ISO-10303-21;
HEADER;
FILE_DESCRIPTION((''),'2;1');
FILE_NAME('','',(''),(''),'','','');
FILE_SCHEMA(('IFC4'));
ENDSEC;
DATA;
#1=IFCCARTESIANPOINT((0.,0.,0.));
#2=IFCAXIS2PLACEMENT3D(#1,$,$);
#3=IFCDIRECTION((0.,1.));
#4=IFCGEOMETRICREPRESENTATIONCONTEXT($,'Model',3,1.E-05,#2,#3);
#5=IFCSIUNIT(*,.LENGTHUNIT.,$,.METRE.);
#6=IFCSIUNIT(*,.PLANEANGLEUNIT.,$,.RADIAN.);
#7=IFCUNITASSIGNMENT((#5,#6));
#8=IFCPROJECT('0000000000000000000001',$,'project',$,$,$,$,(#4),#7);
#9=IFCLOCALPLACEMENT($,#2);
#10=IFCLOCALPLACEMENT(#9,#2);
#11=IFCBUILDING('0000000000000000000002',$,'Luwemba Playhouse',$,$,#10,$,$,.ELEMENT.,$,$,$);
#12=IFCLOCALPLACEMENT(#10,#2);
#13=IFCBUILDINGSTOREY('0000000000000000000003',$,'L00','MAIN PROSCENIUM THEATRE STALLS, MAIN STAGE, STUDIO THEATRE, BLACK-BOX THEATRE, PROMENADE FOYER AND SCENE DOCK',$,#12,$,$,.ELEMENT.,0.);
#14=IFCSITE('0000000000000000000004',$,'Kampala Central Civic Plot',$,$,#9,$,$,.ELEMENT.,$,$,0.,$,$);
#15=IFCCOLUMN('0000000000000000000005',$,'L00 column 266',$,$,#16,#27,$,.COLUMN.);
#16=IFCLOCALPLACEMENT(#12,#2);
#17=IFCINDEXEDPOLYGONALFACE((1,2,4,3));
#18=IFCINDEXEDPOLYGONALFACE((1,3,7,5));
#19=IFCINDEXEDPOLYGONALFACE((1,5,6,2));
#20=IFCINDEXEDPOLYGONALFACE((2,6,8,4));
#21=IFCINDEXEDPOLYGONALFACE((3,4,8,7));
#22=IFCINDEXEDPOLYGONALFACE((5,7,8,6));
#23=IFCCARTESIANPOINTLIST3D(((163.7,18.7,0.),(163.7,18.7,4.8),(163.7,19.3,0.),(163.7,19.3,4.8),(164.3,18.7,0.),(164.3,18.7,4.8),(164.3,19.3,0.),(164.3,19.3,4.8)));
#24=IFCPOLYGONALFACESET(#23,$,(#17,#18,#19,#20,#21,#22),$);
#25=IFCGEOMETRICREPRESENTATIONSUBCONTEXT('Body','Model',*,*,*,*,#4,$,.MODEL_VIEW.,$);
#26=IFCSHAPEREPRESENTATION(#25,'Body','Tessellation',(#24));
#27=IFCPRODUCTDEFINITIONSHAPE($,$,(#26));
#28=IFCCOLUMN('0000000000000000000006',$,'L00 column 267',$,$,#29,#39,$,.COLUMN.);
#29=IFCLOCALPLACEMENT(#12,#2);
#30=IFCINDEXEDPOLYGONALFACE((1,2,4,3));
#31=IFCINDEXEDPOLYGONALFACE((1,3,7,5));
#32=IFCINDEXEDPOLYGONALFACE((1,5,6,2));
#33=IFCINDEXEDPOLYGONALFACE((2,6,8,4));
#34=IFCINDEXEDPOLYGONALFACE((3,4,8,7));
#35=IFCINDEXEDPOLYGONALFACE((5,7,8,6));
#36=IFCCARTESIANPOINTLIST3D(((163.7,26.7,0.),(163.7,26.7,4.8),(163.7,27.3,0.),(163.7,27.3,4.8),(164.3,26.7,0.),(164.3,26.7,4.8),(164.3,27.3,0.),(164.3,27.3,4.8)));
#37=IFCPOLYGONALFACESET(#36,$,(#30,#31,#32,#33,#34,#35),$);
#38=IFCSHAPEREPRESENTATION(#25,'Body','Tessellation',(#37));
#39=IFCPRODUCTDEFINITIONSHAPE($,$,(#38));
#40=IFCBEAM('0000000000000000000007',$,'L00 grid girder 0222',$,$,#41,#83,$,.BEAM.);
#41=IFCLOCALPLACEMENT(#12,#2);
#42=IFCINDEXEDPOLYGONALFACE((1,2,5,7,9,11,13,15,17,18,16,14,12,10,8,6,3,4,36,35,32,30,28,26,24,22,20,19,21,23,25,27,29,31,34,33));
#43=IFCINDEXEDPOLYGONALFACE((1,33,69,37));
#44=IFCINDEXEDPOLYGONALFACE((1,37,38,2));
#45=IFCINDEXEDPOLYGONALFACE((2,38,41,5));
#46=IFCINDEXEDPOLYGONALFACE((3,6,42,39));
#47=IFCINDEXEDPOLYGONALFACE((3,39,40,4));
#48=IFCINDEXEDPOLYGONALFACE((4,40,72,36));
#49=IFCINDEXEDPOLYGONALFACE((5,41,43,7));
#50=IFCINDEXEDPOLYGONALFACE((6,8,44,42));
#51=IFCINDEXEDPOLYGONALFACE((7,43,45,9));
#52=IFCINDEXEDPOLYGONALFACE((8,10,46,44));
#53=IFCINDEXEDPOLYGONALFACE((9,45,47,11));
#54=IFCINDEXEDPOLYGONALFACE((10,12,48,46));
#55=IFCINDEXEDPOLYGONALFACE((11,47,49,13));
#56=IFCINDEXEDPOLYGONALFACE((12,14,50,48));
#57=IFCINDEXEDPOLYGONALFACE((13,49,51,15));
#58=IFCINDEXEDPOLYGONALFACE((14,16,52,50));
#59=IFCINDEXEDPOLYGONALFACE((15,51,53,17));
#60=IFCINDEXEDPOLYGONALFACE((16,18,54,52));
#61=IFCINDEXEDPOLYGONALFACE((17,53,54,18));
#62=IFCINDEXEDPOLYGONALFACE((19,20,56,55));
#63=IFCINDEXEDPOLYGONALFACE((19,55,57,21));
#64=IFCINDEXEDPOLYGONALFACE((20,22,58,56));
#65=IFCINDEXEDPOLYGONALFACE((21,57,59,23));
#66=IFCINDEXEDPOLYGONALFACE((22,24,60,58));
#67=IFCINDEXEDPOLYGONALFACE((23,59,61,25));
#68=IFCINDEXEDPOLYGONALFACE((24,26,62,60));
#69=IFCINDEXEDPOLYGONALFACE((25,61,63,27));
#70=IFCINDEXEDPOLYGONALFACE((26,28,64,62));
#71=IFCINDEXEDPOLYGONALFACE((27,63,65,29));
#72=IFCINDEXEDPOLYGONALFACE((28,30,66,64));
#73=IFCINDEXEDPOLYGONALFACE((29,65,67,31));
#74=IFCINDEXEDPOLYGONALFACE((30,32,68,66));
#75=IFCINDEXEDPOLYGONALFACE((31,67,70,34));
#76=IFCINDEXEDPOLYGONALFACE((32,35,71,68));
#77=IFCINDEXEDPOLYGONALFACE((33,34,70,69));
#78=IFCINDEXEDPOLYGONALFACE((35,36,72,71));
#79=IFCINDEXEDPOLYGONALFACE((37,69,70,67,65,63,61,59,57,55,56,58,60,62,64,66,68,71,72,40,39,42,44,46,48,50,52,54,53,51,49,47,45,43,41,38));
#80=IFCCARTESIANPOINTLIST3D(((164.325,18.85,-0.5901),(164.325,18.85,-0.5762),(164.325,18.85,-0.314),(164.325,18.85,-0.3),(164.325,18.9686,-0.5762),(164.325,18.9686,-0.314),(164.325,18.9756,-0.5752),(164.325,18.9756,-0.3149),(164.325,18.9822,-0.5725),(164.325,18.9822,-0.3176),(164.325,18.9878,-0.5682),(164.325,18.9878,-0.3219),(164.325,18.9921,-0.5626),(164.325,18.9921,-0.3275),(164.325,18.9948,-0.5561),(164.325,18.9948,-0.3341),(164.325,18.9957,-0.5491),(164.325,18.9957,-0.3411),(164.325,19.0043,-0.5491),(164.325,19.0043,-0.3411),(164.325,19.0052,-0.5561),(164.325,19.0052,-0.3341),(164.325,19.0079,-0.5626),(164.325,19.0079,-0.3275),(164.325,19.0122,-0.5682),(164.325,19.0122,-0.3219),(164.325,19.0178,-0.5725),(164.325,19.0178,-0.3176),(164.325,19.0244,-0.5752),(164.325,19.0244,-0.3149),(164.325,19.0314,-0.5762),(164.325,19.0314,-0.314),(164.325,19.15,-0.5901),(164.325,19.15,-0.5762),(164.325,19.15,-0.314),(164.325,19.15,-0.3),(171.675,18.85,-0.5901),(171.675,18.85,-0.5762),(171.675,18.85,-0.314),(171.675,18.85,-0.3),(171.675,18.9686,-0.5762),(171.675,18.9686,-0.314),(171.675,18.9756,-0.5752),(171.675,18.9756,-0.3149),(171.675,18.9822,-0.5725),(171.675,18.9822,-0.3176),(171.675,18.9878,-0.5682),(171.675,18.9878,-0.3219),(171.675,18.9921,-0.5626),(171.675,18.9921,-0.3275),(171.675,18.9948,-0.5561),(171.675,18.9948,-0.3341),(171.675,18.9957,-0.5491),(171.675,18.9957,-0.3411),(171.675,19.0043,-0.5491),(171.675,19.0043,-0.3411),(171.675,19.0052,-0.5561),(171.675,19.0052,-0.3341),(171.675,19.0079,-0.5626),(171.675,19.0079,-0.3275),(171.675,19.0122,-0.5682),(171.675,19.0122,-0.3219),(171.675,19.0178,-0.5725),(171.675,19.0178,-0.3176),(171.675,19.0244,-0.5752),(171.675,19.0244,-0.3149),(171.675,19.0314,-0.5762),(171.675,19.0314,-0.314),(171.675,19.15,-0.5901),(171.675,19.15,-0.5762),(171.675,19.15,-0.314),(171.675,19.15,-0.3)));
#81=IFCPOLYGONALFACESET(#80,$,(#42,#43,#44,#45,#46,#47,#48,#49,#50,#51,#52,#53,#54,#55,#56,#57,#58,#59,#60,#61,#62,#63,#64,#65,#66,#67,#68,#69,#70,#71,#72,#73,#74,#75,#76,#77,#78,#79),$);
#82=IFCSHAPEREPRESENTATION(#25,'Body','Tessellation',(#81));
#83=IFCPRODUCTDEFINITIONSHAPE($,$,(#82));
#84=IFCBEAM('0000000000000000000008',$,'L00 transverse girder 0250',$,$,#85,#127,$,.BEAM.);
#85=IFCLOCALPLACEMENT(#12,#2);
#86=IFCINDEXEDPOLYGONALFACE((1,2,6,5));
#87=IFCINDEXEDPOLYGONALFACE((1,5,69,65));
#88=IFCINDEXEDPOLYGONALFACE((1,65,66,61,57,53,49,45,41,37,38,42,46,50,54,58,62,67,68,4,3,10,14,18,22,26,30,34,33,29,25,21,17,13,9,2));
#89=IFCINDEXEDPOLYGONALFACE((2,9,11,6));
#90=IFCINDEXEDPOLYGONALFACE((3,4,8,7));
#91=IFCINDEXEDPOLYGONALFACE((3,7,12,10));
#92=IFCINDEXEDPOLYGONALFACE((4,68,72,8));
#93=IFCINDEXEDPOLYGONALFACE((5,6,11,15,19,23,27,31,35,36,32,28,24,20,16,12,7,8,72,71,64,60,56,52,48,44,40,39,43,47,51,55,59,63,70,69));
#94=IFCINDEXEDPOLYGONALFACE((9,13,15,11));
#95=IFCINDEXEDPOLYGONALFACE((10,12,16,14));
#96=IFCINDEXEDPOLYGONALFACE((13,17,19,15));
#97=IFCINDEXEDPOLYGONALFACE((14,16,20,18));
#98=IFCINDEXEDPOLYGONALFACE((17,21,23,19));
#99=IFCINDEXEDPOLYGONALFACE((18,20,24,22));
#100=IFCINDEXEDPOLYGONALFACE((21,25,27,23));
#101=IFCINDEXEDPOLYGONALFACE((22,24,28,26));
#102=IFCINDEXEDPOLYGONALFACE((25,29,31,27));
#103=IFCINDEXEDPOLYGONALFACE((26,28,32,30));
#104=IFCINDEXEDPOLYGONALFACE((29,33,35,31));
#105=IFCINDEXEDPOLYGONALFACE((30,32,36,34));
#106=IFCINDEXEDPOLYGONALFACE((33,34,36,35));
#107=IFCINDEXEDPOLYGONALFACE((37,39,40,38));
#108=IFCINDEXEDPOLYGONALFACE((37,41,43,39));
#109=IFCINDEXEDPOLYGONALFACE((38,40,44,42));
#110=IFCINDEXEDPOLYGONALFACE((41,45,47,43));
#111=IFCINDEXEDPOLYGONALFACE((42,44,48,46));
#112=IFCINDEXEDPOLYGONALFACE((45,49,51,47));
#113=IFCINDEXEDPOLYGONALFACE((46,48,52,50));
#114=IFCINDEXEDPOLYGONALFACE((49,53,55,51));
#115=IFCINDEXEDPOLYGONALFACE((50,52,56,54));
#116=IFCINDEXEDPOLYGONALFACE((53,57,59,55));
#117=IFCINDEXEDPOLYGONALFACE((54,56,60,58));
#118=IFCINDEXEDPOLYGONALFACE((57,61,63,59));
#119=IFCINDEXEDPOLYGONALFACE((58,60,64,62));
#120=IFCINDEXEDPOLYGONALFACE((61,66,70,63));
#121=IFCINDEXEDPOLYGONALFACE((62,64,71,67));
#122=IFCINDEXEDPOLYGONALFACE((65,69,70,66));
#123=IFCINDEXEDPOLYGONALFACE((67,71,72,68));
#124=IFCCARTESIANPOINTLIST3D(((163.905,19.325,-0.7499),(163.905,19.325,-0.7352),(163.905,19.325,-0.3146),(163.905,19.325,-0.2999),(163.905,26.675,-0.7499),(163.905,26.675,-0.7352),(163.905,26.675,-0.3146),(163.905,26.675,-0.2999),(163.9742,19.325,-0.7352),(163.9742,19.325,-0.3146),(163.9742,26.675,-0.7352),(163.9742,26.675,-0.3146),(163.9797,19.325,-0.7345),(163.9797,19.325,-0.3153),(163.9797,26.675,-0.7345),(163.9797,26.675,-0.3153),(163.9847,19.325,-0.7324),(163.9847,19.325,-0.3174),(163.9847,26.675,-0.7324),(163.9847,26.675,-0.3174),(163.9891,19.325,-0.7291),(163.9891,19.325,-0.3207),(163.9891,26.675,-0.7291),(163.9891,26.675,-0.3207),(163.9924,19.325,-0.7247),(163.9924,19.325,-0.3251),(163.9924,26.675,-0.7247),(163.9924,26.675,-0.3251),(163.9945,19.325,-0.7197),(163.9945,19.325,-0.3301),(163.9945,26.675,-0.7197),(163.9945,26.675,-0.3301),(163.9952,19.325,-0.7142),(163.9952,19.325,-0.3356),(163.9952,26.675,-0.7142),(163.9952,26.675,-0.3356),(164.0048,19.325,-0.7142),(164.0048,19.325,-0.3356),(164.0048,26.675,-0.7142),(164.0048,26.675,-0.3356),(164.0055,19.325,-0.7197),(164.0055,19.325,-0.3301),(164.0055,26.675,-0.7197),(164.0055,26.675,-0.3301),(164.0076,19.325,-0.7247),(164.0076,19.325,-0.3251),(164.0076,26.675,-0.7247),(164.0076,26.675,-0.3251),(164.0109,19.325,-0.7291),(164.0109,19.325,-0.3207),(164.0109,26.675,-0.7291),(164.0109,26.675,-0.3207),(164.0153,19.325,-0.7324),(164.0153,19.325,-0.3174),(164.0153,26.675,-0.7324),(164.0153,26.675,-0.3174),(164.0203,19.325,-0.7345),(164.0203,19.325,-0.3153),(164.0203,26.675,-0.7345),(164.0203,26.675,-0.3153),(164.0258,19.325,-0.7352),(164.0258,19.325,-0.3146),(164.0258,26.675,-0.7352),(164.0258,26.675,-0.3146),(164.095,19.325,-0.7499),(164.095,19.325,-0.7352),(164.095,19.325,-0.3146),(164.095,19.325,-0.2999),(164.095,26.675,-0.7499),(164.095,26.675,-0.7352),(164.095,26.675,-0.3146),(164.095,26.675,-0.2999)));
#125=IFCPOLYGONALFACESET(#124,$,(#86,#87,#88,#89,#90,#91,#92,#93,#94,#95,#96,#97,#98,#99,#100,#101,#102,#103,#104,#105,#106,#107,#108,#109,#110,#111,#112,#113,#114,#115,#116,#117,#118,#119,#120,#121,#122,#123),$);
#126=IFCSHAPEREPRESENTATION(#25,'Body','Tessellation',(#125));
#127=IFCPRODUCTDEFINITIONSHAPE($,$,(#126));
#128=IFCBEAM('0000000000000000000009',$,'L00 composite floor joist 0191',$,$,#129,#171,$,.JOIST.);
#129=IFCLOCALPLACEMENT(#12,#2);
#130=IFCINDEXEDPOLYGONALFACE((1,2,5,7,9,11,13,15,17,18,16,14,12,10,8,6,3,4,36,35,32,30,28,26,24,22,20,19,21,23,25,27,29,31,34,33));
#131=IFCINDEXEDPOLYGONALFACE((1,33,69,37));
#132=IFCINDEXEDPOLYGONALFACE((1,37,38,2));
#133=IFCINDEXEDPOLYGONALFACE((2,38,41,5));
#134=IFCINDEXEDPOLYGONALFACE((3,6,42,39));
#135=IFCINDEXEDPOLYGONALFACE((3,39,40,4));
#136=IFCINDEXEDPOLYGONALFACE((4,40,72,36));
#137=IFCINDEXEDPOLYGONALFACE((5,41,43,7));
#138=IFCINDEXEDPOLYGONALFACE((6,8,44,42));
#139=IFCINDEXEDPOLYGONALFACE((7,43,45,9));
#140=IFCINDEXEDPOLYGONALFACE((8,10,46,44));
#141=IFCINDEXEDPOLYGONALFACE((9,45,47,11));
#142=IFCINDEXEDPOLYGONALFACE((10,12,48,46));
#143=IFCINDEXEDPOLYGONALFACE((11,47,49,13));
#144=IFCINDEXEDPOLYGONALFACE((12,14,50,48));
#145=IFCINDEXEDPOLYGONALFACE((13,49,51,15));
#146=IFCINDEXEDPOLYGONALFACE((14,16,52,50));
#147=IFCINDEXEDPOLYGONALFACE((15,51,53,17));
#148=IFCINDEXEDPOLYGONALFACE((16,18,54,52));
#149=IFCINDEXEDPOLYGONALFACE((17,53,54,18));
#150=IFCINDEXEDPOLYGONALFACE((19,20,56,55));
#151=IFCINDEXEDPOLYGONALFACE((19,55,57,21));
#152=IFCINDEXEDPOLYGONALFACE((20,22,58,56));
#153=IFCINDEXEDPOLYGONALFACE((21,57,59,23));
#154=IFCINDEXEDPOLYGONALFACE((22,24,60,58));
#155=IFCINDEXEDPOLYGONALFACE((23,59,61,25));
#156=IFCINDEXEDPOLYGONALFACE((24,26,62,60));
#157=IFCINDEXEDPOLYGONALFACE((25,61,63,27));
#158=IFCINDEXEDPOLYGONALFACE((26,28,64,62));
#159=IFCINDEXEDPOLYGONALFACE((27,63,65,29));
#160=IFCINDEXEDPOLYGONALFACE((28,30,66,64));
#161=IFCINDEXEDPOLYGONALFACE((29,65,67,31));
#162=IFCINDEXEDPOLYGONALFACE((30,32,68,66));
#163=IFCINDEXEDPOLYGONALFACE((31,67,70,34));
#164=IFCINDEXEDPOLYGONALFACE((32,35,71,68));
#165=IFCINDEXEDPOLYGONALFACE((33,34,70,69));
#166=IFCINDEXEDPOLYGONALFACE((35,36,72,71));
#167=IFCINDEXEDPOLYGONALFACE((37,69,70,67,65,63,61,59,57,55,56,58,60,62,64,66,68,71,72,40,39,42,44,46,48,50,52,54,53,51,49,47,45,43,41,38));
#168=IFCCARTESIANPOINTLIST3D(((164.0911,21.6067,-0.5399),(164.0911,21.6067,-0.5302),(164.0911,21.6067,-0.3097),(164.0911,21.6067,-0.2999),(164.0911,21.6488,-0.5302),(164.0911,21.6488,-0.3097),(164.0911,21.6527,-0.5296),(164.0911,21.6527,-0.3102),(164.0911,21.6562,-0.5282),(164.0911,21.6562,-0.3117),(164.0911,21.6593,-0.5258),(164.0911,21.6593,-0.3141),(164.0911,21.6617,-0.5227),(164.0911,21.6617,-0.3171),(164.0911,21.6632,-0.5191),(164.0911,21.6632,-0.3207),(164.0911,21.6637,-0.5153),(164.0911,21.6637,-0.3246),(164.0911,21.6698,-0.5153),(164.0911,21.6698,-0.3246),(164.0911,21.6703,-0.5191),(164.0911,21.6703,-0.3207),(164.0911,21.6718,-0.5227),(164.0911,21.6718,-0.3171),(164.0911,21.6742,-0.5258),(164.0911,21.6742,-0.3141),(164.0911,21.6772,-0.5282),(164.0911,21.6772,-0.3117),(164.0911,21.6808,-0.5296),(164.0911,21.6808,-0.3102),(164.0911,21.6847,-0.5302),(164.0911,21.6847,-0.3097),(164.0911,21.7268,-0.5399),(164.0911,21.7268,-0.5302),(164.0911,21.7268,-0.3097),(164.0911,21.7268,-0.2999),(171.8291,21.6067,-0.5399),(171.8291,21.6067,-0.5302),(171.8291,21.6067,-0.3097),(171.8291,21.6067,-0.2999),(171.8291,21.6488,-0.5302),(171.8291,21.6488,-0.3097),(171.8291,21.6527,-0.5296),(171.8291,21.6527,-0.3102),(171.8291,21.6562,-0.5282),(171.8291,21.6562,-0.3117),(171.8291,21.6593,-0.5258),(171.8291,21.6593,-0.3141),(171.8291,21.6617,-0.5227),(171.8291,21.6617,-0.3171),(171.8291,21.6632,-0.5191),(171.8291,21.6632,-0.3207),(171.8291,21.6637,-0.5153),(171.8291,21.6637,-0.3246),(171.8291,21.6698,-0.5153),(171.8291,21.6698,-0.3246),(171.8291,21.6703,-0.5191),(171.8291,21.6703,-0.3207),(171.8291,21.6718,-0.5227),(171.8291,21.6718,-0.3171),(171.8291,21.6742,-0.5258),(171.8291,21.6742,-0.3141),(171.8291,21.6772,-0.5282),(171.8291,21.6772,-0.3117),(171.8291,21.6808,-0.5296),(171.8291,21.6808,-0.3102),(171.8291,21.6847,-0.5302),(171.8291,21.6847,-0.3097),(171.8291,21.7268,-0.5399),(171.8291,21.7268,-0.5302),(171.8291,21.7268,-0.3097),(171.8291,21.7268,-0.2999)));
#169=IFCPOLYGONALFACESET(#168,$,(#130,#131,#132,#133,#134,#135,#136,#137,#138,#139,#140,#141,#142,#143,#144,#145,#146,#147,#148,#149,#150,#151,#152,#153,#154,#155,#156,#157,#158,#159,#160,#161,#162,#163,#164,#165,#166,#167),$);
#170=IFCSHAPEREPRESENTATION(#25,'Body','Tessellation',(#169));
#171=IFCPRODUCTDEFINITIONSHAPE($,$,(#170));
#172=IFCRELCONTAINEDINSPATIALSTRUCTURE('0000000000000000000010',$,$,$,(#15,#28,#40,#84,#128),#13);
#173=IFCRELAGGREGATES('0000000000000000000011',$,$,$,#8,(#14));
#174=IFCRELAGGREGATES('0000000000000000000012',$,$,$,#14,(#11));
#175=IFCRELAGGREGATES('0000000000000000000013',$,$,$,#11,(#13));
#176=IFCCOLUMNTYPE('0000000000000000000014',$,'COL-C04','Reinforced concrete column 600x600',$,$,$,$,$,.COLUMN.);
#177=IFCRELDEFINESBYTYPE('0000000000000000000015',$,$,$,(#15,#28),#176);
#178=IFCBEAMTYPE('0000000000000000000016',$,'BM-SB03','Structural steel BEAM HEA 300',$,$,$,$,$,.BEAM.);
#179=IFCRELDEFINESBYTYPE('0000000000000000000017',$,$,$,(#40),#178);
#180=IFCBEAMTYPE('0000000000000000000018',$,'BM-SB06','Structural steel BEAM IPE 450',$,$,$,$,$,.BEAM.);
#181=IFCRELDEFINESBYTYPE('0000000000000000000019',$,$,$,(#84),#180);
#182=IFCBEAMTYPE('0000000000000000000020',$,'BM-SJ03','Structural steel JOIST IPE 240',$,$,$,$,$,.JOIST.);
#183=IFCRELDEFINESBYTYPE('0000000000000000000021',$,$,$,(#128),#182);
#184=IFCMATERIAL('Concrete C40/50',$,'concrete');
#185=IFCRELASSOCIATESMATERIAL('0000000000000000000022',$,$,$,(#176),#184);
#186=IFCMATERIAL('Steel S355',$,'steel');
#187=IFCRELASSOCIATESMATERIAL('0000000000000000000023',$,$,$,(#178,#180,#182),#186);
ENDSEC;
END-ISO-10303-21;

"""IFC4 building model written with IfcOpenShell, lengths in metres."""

from ifc_helpers import new_model, si_unit, direction, frame, origin, origin_2d, place, context, subcontext, project, spatial, rectangle, i_section, extrude, material, material_profile, profile_set, type_object, element, save


model = new_model("IFC4")

# Units and contexts
model_context = context("Model", 3, precision=1e-05, world=origin(), true_north=direction((0.0, 1.0)))
body_context = subcontext(model_context, "Body", "Model", "MODEL_VIEW")
ifc_project = project(units=[si_unit("LENGTHUNIT", "METRE"), si_unit("PLANEANGLEUNIT", "RADIAN")], contexts=[model_context])

# Site, building, storey
site_placement = place(None, origin())
site = spatial("IfcSite", under=ifc_project, at=site_placement, Name="Kampala Central Civic Plot", CompositionType="ELEMENT", RefElevation=0.0)
building_placement = place(site_placement, origin())
building = spatial("IfcBuilding", under=site, at=building_placement, Name="Luwemba Playhouse", CompositionType="ELEMENT")
storey_placement = place(building_placement, origin())
storey = spatial("IfcBuildingStorey", under=building, at=storey_placement, Name="L00", Description="MAIN PROSCENIUM THEATRE STALLS, MAIN STAGE, STUDIO THEATRE, BLACK-BOX THEATRE, PROMENADE FOYER AND SCENE DOCK", CompositionType="ELEMENT", Elevation=0.0)

# Columns
ifc_material_1 = material(Name="Concrete C40/50", Category="concrete")
ifc_material_profile_1 = material_profile(ifc_material_1, rectangle(XDim=0.6001, YDim=0.6001, at=origin_2d()))
ifc_profile_set_1 = profile_set([ifc_material_profile_1], Name="Concrete C40/50")
column_type = type_object("IfcColumnType", Name="COL-C04", Description="Reinforced concrete column 600x600", PredefinedType="COLUMN", material=ifc_profile_set_1)
for number, where, z_axis, x_axis, name in (
    (1, (164.0, 19.0, 0.0), (0.0, 0.0, 1.0), (1.0, 0.0, 0.0), "L00 column 266"),
    (2, (164.0, 27.0, 0.0), (0.0, 0.0, 1.0), (1.0, 0.0, 0.0), "L00 column 267"),
):
    element("IfcColumn", number, at=place(storey_placement, frame(where, z_axis=z_axis, x_axis=x_axis)), inside=storey, type_object=column_type, Name=name, PredefinedType="COLUMN", context=body_context, shape_type="SweptSolid", body=[
        extrude(rectangle(XDim=0.6001, YDim=0.6001, at=origin_2d()), origin(), (0.0, 0.0, 1.0), 4.8),
    ])

# Beams
ifc_material_2 = material(Name="Steel S355", Category="steel")
ifc_material_profile_2 = material_profile(ifc_material_2, i_section(OverallWidth=0.3, OverallDepth=0.29, WebThickness=0.0085, FlangeThickness=0.0139, FilletRadius=0.0271, at=origin_2d()))
ifc_profile_set_2 = profile_set([ifc_material_profile_2], Name="Steel S355")
beam_type_1 = type_object("IfcBeamType", Name="BM-SB03", Description="Structural steel BEAM HEA 300", PredefinedType="BEAM", material=ifc_profile_set_2)
beam_1_placement = place(storey_placement, frame((164.325, 19.0, -0.4451), z_axis=(1.0, 0.0, 0.0), x_axis=(0.0, 1.0, 0.0)))
element("IfcBeam", 3, at=beam_1_placement, inside=storey, type_object=beam_type_1, Name="L00 grid girder 0222", PredefinedType="BEAM", context=body_context, shape_type="SweptSolid", body=[
    extrude(i_section(OverallWidth=0.3, OverallDepth=0.29, WebThickness=0.0085, FlangeThickness=0.0139, FilletRadius=0.0271, at=origin_2d()), origin(), (0.0, 0.0, 1.0), 7.3501),
])
ifc_material_profile_3 = material_profile(ifc_material_2, i_section(OverallWidth=0.1899, OverallDepth=0.45, WebThickness=0.0095, FlangeThickness=0.0146, FilletRadius=0.021, at=origin_2d()))
ifc_profile_set_3 = profile_set([ifc_material_profile_3], Name="Steel S355")
beam_type_2 = type_object("IfcBeamType", Name="BM-SB06", Description="Structural steel BEAM IPE 450", PredefinedType="BEAM", material=ifc_profile_set_3)
beam_2_placement = place(storey_placement, frame((164.0, 19.325, -0.5249), z_axis=(0.0, 1.0, 0.0), x_axis=(-1.0, 0.0, 0.0)))
element("IfcBeam", 4, at=beam_2_placement, inside=storey, type_object=beam_type_2, Name="L00 transverse girder 0250", PredefinedType="BEAM", context=body_context, shape_type="SweptSolid", body=[
    extrude(i_section(OverallWidth=0.1899, OverallDepth=0.45, WebThickness=0.0095, FlangeThickness=0.0146, FilletRadius=0.021, at=origin_2d()), origin(), (0.0, 0.0, 1.0), 7.3501),
])
ifc_material_profile_4 = material_profile(ifc_material_2, i_section(OverallWidth=0.1201, OverallDepth=0.24, WebThickness=0.0061, FlangeThickness=0.0098, FilletRadius=0.0149, at=origin_2d()))
ifc_profile_set_4 = profile_set([ifc_material_profile_4], Name="Steel S355")
beam_type_3 = type_object("IfcBeamType", Name="BM-SJ03", Description="Structural steel JOIST IPE 240", PredefinedType="JOIST", material=ifc_profile_set_4)
beam_3_placement = place(storey_placement, frame((164.0911, 21.6667, -0.4199), z_axis=(1.0, 0.0, 0.0), x_axis=(0.0, 1.0, 0.0)))
element("IfcBeam", 5, at=beam_3_placement, inside=storey, type_object=beam_type_3, Name="L00 composite floor joist 0191", PredefinedType="JOIST", context=body_context, shape_type="SweptSolid", body=[
    extrude(i_section(OverallWidth=0.1201, OverallDepth=0.24, WebThickness=0.0061, FlangeThickness=0.0098, FilletRadius=0.0149, at=origin_2d()), origin(), (0.0, 0.0, 1.0), 7.738),
])

save(model, "model.ifc")
